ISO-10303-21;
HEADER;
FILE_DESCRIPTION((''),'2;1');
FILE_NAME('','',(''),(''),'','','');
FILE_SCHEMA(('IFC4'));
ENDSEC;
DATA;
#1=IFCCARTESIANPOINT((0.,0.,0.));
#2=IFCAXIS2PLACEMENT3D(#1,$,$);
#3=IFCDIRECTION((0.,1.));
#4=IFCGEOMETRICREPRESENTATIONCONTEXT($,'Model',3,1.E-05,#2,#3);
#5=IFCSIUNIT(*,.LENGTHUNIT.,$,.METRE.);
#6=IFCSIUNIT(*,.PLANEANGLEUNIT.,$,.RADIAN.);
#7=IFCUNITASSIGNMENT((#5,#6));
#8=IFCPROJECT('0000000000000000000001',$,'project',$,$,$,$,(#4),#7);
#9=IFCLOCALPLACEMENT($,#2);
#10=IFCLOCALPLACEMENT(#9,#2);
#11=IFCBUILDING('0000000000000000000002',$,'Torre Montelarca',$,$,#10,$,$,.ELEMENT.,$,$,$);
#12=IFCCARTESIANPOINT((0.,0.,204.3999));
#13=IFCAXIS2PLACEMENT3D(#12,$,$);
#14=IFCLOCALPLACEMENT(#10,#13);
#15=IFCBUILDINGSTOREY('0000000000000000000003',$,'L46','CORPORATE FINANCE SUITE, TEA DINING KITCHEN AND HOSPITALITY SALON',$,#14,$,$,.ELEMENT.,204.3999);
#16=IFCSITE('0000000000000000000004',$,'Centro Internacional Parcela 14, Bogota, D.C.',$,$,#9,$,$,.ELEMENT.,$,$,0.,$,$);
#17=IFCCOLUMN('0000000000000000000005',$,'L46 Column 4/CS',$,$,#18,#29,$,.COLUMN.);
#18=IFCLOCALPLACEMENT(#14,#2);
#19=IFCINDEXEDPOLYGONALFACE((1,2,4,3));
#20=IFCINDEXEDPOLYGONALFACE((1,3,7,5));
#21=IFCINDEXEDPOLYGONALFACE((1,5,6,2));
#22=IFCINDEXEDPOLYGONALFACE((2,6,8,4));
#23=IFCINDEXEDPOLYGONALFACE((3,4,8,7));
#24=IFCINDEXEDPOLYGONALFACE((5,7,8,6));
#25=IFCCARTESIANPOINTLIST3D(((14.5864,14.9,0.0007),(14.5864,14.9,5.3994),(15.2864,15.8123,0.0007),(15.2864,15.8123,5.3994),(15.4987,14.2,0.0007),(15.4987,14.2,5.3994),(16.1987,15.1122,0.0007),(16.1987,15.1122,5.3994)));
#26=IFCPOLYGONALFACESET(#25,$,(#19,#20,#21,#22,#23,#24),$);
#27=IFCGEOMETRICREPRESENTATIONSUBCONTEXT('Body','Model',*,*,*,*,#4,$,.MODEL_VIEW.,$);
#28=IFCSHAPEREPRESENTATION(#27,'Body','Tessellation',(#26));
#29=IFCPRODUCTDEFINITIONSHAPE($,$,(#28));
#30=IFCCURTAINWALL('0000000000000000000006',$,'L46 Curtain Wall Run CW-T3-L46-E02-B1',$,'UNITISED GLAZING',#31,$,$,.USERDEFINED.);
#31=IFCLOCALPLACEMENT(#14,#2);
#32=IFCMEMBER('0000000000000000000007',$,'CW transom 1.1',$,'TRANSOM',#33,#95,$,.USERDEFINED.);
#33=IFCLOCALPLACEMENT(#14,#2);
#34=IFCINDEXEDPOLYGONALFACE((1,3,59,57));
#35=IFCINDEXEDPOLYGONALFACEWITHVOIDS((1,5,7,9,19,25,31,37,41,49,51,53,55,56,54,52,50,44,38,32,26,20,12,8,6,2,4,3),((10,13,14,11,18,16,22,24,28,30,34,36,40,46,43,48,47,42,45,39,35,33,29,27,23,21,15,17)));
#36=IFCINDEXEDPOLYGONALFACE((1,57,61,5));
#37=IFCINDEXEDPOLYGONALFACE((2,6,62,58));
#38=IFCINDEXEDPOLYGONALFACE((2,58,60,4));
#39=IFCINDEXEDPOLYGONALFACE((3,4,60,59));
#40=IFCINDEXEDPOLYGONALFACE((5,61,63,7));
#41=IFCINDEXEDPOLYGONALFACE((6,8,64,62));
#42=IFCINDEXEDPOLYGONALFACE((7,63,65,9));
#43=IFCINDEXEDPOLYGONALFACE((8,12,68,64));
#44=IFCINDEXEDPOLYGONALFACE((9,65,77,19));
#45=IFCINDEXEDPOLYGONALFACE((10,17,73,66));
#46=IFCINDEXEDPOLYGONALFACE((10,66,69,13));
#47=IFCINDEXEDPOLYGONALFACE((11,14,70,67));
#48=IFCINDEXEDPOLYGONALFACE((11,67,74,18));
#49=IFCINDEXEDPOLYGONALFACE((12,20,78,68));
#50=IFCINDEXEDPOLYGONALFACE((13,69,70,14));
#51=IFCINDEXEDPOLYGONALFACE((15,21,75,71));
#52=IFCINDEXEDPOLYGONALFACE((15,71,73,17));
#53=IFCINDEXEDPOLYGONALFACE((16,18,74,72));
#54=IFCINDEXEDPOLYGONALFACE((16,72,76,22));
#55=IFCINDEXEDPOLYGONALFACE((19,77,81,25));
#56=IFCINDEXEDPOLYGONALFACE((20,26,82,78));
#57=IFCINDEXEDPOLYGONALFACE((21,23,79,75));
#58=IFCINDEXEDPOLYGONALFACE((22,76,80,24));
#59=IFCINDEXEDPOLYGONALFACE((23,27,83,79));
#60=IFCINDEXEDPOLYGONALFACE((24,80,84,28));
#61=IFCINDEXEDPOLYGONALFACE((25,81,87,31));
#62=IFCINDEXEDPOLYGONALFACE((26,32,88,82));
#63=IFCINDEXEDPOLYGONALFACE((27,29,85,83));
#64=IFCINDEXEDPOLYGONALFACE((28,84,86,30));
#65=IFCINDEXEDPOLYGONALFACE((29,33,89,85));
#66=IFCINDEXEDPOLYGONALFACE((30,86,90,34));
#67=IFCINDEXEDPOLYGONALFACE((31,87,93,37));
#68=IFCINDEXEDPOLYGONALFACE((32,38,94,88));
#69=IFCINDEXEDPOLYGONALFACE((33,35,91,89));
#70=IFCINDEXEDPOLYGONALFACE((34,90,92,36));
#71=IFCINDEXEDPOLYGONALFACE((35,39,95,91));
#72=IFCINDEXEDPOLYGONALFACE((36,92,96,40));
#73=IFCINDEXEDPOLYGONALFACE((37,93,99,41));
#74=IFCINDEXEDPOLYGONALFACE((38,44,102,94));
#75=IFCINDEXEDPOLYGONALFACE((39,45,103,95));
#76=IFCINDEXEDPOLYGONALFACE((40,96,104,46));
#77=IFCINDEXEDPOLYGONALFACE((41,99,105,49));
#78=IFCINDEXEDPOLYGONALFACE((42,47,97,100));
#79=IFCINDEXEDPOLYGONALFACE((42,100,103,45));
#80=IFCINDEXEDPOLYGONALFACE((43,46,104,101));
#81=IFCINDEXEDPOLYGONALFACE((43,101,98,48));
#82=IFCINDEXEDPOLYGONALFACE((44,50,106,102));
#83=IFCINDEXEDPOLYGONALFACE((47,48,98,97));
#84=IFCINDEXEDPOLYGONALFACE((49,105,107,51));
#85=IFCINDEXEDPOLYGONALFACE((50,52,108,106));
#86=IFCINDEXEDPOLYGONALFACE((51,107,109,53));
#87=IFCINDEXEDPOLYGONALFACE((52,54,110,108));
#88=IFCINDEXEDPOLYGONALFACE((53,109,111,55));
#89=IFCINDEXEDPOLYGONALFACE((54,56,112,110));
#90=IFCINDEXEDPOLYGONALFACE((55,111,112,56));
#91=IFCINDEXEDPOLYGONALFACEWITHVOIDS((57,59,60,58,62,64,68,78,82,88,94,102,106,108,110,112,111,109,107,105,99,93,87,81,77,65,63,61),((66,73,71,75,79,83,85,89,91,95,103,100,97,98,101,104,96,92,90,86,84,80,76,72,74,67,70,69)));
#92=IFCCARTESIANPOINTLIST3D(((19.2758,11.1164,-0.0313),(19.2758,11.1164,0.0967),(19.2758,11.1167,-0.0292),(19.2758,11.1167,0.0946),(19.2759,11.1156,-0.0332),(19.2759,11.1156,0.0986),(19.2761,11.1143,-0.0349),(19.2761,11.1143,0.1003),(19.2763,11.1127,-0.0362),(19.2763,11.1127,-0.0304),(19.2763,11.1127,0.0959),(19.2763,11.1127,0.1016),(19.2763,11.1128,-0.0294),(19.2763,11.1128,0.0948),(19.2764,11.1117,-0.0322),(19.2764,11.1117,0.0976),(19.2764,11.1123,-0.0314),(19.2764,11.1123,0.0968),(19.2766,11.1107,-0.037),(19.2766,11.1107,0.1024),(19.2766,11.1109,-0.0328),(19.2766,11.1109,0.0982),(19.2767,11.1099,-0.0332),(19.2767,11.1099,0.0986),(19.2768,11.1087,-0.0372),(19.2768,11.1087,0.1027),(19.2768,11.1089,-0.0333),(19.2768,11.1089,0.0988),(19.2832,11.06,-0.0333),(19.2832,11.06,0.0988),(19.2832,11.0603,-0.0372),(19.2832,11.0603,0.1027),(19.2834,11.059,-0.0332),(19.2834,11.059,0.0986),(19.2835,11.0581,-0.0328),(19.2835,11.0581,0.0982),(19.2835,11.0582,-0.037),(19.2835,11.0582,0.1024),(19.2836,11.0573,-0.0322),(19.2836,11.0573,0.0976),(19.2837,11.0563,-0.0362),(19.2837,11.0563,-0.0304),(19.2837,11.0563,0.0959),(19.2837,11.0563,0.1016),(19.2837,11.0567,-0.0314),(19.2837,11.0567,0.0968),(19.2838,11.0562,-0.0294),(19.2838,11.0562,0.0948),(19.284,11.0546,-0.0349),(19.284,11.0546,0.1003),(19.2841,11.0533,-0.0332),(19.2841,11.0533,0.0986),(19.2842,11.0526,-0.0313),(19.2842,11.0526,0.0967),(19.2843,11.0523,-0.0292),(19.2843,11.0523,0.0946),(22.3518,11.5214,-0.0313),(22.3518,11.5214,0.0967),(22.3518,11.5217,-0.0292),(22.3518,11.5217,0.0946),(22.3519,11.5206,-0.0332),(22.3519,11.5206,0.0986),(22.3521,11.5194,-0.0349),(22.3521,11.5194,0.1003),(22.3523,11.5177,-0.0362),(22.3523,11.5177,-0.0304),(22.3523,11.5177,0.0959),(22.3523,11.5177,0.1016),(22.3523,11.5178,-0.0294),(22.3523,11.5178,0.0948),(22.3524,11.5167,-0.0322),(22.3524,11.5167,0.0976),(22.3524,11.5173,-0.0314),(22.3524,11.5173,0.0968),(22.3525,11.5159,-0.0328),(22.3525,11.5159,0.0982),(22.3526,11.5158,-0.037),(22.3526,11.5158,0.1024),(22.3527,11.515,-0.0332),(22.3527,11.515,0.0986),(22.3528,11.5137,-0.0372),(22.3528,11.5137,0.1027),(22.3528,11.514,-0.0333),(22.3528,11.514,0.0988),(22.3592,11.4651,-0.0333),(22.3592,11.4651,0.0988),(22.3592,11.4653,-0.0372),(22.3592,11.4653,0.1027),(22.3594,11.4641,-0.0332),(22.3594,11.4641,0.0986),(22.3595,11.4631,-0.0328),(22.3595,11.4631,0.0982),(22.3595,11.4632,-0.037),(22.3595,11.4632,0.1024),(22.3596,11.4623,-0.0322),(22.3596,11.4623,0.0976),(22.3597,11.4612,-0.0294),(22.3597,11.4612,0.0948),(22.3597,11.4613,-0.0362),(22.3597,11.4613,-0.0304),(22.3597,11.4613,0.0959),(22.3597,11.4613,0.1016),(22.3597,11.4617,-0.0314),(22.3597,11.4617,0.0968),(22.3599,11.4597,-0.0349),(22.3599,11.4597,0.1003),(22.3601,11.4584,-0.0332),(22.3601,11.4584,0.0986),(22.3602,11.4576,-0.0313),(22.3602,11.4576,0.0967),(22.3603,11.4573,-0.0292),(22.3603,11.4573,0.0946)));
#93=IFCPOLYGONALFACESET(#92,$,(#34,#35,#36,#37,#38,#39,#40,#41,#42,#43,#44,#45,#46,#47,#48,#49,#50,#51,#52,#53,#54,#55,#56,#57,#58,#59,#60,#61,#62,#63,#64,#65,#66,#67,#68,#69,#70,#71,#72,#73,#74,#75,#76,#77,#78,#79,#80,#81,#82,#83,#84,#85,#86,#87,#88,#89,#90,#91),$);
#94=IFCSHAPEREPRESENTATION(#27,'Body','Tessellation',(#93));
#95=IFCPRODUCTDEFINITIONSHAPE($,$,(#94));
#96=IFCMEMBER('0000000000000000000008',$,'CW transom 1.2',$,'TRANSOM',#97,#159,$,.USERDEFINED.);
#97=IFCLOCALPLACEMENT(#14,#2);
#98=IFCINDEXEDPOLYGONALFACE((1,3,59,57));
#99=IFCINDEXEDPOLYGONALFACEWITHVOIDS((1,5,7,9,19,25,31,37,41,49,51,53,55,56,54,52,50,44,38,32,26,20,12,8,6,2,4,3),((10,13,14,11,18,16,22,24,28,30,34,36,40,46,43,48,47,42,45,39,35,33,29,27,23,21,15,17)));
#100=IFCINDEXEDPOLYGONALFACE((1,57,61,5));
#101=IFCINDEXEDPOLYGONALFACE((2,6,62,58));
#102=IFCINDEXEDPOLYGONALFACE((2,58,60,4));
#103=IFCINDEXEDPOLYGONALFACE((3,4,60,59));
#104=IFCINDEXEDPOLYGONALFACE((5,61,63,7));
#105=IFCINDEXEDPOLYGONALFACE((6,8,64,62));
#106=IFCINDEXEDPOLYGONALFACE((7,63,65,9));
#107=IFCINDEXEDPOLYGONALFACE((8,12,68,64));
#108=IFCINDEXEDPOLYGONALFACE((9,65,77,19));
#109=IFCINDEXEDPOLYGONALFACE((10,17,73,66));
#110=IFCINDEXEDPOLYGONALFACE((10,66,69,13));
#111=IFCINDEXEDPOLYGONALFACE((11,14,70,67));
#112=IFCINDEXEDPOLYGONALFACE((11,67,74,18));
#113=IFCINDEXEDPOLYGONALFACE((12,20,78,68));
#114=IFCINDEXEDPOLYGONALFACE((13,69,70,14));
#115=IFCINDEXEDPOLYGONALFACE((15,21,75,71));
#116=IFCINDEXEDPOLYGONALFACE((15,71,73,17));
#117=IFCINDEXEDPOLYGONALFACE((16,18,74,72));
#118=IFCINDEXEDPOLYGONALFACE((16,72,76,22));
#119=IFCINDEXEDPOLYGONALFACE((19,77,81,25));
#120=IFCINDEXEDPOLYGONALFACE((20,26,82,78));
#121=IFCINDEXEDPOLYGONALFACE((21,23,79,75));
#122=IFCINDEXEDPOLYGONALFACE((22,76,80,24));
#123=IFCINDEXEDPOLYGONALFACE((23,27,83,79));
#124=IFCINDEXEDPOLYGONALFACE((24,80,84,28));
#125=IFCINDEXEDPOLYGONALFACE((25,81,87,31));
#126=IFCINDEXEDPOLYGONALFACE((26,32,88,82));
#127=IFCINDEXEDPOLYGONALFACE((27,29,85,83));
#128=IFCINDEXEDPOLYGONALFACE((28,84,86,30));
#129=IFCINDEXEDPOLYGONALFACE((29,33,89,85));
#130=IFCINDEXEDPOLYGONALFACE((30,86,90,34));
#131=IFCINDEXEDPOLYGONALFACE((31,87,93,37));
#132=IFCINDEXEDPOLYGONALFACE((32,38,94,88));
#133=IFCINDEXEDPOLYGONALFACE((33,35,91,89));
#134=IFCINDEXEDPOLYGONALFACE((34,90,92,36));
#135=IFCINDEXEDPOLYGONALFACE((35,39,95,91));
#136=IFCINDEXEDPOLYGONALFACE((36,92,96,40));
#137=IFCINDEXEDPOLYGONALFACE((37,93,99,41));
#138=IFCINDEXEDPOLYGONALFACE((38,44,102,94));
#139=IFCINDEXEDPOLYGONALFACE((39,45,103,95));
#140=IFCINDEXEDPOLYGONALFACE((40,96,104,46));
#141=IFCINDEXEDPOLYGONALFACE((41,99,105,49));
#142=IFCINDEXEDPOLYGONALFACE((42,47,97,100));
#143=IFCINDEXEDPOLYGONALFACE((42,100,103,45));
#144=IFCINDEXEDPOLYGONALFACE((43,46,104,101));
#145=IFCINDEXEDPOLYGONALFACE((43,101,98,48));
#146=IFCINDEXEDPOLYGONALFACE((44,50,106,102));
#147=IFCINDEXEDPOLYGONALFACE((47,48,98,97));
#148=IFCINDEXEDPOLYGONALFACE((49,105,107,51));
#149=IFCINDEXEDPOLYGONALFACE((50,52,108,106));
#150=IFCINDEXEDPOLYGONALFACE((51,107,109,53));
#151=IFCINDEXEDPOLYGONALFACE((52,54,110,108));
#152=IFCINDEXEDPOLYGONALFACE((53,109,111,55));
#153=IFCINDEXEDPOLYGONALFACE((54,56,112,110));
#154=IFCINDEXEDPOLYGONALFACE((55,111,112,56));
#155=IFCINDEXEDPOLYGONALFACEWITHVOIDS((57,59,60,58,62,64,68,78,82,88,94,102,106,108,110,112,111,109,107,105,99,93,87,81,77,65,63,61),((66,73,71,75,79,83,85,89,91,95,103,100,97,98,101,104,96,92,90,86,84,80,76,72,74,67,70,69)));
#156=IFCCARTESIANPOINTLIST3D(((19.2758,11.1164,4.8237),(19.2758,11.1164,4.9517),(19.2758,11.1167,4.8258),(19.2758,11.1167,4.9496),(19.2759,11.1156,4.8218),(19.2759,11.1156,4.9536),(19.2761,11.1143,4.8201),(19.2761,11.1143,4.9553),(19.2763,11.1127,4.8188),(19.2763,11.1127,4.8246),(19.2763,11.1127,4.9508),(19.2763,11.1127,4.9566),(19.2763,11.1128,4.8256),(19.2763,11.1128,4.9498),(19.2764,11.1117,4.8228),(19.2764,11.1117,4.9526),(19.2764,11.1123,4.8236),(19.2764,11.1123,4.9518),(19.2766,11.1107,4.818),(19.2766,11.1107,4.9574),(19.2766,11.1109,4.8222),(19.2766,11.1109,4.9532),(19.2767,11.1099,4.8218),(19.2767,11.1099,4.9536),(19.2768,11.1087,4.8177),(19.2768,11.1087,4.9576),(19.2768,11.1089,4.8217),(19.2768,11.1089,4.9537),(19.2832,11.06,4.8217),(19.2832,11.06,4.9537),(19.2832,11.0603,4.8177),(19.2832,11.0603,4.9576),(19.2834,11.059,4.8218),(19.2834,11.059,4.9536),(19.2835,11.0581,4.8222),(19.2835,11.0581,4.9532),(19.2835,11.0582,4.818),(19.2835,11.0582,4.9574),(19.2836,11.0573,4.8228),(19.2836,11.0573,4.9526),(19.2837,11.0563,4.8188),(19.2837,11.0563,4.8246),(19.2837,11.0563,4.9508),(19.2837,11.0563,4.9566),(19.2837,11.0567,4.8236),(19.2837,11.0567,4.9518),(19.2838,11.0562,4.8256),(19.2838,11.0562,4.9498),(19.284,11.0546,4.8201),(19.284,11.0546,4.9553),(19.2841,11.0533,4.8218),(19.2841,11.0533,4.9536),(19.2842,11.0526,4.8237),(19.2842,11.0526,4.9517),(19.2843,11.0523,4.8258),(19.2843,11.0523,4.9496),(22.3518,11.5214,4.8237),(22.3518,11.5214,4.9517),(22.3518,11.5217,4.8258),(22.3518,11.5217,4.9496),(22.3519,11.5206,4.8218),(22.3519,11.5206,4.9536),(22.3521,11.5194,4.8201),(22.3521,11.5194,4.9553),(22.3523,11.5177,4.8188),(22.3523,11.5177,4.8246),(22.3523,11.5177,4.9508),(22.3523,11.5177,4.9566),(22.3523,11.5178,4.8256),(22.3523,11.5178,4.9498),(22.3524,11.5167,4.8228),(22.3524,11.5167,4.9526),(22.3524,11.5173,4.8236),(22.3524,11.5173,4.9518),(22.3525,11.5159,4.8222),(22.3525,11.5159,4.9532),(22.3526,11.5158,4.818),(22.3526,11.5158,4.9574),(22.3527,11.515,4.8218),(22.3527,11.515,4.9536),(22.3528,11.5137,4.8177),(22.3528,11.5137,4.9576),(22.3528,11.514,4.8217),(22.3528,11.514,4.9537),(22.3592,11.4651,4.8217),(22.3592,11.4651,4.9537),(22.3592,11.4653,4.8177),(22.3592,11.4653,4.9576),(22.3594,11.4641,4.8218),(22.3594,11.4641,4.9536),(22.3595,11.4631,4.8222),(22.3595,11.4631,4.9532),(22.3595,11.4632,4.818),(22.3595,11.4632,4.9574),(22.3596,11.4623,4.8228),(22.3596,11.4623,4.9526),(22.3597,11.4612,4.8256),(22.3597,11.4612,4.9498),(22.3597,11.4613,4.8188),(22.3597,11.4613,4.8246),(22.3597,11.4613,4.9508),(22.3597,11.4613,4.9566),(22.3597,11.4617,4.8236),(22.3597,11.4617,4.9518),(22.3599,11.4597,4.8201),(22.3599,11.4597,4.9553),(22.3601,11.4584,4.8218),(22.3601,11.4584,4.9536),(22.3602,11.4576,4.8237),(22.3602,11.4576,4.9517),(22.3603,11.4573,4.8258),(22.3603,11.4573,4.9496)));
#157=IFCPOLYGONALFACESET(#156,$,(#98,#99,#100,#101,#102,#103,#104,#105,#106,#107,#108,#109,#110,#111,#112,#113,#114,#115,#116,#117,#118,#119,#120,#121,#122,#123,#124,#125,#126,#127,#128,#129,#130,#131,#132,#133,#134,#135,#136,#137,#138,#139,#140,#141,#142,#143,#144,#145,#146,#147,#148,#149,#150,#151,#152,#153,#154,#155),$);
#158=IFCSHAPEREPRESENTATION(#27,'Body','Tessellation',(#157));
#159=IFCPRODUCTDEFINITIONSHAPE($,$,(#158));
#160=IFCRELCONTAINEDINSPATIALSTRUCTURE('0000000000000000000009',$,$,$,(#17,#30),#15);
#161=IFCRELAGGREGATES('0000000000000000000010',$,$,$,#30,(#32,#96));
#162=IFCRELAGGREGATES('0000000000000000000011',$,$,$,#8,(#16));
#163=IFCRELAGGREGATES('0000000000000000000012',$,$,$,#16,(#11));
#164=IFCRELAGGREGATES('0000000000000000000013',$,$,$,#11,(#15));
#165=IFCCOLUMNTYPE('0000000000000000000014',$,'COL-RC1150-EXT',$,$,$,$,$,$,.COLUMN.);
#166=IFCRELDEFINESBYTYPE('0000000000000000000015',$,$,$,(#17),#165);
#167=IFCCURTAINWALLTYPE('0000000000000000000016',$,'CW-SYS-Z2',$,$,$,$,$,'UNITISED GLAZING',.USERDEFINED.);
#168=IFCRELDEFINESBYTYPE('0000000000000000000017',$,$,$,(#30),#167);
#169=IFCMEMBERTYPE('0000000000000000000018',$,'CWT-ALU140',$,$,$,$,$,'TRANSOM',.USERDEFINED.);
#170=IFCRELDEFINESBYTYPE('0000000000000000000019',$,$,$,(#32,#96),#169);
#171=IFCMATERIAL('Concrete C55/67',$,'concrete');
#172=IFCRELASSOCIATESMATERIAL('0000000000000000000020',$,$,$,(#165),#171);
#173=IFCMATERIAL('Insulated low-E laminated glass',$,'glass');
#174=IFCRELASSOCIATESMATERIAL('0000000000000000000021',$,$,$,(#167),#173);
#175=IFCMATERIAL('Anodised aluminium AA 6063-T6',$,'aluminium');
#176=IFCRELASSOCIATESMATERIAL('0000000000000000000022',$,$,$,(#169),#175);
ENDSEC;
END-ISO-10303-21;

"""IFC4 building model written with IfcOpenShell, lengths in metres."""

from ifc_helpers import new_model, si_unit, direction, frame, origin, origin_2d, place, context, subcontext, project, spatial, rectangle, hollow_rectangle, extrude, source, transform, mapped, material, material_profile, profile_set, type_object, element, aggregate, save


model = new_model("IFC4")

# Units and contexts
model_context = context("Model", 3, precision=1e-05, world=origin(), true_north=direction((0.0, 1.0)))
body_context = subcontext(model_context, "Body", "Model", "MODEL_VIEW")
ifc_project = project(units=[si_unit("LENGTHUNIT", "METRE"), si_unit("PLANEANGLEUNIT", "RADIAN")], contexts=[model_context])

# Site, building, storey
site_placement = place(None, origin())
site = spatial("IfcSite", under=ifc_project, at=site_placement, Name="Centro Internacional Parcela 14, Bogota, D.C.", CompositionType="ELEMENT", RefElevation=0.0)
building_placement = place(site_placement, origin())
building = spatial("IfcBuilding", under=site, at=building_placement, Name="Torre Montelarca", CompositionType="ELEMENT")
storey_placement = place(building_placement, frame((0.0, 0.0, 204.3999)))
storey = spatial("IfcBuildingStorey", under=building, at=storey_placement, Name="L46", Description="CORPORATE FINANCE SUITE, TEA DINING KITCHEN AND HOSPITALITY SALON", CompositionType="ELEMENT", Elevation=204.3999)

# Column
ifc_material_1 = material(Name="Concrete C55/67", Category="concrete")
ifc_material_profile_1 = material_profile(ifc_material_1, rectangle(XDim=1.1499, YDim=1.1499, at=origin_2d()), Name="RC1150X1150", Category="concrete")
ifc_profile_set_1 = profile_set([ifc_material_profile_1], Name="Concrete C55/67")
column_type = type_object("IfcColumnType", Name="COL-RC1150-EXT", PredefinedType="COLUMN", material=ifc_profile_set_1)
shared_shape_1 = source(origin(), body_context, "Body", "SweptSolid", [
    extrude(rectangle(XDim=1.1499, YDim=1.1499, at=origin_2d()), origin(), (0.0, 0.0, 1.0), 5.3987),
])
column_placement = place(storey_placement, frame((15.3926, 15.0061, 0.0007), z_axis=(0.0, 0.0, 1.0), x_axis=(-0.793353, 0.608761, 0.0)))
element("IfcColumn", 1, at=column_placement, inside=storey, type_object=column_type, Name="L46 Column 4/CS", PredefinedType="COLUMN", context=body_context, shape_type="MappedRepresentation", body=[
    mapped(shared_shape_1, transform((0.0, 0.0, 0.0), scale=1.0)),
])

# Curtain wall, members
ifc_material_2 = material(Name="Insulated low-E laminated glass", Category="glass")
curtain_wall_type = type_object("IfcCurtainWallType", Name="CW-SYS-Z2", ElementType="UNITISED GLAZING", PredefinedType="USERDEFINED", material=ifc_material_2)
curtain_wall_1_placement = place(storey_placement, origin())
curtain_wall_1 = element("IfcCurtainWall", 2, at=curtain_wall_1_placement, inside=storey, type_object=curtain_wall_type, Name="L46 Curtain Wall Run CW-T3-L46-E02-B1", ObjectType="UNITISED GLAZING", PredefinedType="USERDEFINED")
ifc_material_3 = material(Name="Anodised aluminium AA 6063-T6", Category="aluminium")
ifc_material_profile_2 = material_profile(ifc_material_3, hollow_rectangle(XDim=0.0649, YDim=0.1399, WallThickness=0.0039, InnerFilletRadius=0.0039, OuterFilletRadius=0.0081, at=origin_2d()), Name="ALU65X140X4", Category="aluminium")
ifc_profile_set_2 = profile_set([ifc_material_profile_2], Name="Anodised aluminium AA 6063-T6")
member_type_1 = type_object("IfcMemberType", Name="CWT-ALU140", ElementType="TRANSOM", PredefinedType="USERDEFINED", material=ifc_profile_set_2)
shared_shape_2 = source(origin(), body_context, "Body", "SweptSolid", [
    extrude(hollow_rectangle(XDim=0.0649, YDim=0.1399, WallThickness=0.0039, InnerFilletRadius=0.0039, OuterFilletRadius=0.0081, at=origin_2d()), origin(), (0.0, 0.0, 1.0), 3.1025),
])
member_1_placement = place(storey_placement, frame((19.28, 11.0845, 0.0327), z_axis=(0.991442, 0.13055, 0.0), x_axis=(-0.13055, 0.991442, 0.0)))
member_1 = element("IfcMember", 3, at=member_1_placement, type_object=member_type_1, Name="CW transom 1.1", ObjectType="TRANSOM", PredefinedType="USERDEFINED", context=body_context, shape_type="MappedRepresentation", body=[
    mapped(shared_shape_2, transform((0.0, 0.0, 0.0), scale=1.0)),
])
member_2_placement = place(storey_placement, frame((19.28, 11.0845, 4.8877), z_axis=(0.991442, 0.13055, 0.0), x_axis=(-0.13055, 0.991442, 0.0)))
member_2 = element("IfcMember", 4, at=member_2_placement, type_object=member_type_1, Name="CW transom 1.2", ObjectType="TRANSOM", PredefinedType="USERDEFINED", context=body_context, shape_type="MappedRepresentation", body=[
    mapped(shared_shape_2, transform((0.0, 0.0, 0.0), scale=1.0)),
])

aggregate(curtain_wall_1, [member_1, member_2])

save(model, "model.ifc")
